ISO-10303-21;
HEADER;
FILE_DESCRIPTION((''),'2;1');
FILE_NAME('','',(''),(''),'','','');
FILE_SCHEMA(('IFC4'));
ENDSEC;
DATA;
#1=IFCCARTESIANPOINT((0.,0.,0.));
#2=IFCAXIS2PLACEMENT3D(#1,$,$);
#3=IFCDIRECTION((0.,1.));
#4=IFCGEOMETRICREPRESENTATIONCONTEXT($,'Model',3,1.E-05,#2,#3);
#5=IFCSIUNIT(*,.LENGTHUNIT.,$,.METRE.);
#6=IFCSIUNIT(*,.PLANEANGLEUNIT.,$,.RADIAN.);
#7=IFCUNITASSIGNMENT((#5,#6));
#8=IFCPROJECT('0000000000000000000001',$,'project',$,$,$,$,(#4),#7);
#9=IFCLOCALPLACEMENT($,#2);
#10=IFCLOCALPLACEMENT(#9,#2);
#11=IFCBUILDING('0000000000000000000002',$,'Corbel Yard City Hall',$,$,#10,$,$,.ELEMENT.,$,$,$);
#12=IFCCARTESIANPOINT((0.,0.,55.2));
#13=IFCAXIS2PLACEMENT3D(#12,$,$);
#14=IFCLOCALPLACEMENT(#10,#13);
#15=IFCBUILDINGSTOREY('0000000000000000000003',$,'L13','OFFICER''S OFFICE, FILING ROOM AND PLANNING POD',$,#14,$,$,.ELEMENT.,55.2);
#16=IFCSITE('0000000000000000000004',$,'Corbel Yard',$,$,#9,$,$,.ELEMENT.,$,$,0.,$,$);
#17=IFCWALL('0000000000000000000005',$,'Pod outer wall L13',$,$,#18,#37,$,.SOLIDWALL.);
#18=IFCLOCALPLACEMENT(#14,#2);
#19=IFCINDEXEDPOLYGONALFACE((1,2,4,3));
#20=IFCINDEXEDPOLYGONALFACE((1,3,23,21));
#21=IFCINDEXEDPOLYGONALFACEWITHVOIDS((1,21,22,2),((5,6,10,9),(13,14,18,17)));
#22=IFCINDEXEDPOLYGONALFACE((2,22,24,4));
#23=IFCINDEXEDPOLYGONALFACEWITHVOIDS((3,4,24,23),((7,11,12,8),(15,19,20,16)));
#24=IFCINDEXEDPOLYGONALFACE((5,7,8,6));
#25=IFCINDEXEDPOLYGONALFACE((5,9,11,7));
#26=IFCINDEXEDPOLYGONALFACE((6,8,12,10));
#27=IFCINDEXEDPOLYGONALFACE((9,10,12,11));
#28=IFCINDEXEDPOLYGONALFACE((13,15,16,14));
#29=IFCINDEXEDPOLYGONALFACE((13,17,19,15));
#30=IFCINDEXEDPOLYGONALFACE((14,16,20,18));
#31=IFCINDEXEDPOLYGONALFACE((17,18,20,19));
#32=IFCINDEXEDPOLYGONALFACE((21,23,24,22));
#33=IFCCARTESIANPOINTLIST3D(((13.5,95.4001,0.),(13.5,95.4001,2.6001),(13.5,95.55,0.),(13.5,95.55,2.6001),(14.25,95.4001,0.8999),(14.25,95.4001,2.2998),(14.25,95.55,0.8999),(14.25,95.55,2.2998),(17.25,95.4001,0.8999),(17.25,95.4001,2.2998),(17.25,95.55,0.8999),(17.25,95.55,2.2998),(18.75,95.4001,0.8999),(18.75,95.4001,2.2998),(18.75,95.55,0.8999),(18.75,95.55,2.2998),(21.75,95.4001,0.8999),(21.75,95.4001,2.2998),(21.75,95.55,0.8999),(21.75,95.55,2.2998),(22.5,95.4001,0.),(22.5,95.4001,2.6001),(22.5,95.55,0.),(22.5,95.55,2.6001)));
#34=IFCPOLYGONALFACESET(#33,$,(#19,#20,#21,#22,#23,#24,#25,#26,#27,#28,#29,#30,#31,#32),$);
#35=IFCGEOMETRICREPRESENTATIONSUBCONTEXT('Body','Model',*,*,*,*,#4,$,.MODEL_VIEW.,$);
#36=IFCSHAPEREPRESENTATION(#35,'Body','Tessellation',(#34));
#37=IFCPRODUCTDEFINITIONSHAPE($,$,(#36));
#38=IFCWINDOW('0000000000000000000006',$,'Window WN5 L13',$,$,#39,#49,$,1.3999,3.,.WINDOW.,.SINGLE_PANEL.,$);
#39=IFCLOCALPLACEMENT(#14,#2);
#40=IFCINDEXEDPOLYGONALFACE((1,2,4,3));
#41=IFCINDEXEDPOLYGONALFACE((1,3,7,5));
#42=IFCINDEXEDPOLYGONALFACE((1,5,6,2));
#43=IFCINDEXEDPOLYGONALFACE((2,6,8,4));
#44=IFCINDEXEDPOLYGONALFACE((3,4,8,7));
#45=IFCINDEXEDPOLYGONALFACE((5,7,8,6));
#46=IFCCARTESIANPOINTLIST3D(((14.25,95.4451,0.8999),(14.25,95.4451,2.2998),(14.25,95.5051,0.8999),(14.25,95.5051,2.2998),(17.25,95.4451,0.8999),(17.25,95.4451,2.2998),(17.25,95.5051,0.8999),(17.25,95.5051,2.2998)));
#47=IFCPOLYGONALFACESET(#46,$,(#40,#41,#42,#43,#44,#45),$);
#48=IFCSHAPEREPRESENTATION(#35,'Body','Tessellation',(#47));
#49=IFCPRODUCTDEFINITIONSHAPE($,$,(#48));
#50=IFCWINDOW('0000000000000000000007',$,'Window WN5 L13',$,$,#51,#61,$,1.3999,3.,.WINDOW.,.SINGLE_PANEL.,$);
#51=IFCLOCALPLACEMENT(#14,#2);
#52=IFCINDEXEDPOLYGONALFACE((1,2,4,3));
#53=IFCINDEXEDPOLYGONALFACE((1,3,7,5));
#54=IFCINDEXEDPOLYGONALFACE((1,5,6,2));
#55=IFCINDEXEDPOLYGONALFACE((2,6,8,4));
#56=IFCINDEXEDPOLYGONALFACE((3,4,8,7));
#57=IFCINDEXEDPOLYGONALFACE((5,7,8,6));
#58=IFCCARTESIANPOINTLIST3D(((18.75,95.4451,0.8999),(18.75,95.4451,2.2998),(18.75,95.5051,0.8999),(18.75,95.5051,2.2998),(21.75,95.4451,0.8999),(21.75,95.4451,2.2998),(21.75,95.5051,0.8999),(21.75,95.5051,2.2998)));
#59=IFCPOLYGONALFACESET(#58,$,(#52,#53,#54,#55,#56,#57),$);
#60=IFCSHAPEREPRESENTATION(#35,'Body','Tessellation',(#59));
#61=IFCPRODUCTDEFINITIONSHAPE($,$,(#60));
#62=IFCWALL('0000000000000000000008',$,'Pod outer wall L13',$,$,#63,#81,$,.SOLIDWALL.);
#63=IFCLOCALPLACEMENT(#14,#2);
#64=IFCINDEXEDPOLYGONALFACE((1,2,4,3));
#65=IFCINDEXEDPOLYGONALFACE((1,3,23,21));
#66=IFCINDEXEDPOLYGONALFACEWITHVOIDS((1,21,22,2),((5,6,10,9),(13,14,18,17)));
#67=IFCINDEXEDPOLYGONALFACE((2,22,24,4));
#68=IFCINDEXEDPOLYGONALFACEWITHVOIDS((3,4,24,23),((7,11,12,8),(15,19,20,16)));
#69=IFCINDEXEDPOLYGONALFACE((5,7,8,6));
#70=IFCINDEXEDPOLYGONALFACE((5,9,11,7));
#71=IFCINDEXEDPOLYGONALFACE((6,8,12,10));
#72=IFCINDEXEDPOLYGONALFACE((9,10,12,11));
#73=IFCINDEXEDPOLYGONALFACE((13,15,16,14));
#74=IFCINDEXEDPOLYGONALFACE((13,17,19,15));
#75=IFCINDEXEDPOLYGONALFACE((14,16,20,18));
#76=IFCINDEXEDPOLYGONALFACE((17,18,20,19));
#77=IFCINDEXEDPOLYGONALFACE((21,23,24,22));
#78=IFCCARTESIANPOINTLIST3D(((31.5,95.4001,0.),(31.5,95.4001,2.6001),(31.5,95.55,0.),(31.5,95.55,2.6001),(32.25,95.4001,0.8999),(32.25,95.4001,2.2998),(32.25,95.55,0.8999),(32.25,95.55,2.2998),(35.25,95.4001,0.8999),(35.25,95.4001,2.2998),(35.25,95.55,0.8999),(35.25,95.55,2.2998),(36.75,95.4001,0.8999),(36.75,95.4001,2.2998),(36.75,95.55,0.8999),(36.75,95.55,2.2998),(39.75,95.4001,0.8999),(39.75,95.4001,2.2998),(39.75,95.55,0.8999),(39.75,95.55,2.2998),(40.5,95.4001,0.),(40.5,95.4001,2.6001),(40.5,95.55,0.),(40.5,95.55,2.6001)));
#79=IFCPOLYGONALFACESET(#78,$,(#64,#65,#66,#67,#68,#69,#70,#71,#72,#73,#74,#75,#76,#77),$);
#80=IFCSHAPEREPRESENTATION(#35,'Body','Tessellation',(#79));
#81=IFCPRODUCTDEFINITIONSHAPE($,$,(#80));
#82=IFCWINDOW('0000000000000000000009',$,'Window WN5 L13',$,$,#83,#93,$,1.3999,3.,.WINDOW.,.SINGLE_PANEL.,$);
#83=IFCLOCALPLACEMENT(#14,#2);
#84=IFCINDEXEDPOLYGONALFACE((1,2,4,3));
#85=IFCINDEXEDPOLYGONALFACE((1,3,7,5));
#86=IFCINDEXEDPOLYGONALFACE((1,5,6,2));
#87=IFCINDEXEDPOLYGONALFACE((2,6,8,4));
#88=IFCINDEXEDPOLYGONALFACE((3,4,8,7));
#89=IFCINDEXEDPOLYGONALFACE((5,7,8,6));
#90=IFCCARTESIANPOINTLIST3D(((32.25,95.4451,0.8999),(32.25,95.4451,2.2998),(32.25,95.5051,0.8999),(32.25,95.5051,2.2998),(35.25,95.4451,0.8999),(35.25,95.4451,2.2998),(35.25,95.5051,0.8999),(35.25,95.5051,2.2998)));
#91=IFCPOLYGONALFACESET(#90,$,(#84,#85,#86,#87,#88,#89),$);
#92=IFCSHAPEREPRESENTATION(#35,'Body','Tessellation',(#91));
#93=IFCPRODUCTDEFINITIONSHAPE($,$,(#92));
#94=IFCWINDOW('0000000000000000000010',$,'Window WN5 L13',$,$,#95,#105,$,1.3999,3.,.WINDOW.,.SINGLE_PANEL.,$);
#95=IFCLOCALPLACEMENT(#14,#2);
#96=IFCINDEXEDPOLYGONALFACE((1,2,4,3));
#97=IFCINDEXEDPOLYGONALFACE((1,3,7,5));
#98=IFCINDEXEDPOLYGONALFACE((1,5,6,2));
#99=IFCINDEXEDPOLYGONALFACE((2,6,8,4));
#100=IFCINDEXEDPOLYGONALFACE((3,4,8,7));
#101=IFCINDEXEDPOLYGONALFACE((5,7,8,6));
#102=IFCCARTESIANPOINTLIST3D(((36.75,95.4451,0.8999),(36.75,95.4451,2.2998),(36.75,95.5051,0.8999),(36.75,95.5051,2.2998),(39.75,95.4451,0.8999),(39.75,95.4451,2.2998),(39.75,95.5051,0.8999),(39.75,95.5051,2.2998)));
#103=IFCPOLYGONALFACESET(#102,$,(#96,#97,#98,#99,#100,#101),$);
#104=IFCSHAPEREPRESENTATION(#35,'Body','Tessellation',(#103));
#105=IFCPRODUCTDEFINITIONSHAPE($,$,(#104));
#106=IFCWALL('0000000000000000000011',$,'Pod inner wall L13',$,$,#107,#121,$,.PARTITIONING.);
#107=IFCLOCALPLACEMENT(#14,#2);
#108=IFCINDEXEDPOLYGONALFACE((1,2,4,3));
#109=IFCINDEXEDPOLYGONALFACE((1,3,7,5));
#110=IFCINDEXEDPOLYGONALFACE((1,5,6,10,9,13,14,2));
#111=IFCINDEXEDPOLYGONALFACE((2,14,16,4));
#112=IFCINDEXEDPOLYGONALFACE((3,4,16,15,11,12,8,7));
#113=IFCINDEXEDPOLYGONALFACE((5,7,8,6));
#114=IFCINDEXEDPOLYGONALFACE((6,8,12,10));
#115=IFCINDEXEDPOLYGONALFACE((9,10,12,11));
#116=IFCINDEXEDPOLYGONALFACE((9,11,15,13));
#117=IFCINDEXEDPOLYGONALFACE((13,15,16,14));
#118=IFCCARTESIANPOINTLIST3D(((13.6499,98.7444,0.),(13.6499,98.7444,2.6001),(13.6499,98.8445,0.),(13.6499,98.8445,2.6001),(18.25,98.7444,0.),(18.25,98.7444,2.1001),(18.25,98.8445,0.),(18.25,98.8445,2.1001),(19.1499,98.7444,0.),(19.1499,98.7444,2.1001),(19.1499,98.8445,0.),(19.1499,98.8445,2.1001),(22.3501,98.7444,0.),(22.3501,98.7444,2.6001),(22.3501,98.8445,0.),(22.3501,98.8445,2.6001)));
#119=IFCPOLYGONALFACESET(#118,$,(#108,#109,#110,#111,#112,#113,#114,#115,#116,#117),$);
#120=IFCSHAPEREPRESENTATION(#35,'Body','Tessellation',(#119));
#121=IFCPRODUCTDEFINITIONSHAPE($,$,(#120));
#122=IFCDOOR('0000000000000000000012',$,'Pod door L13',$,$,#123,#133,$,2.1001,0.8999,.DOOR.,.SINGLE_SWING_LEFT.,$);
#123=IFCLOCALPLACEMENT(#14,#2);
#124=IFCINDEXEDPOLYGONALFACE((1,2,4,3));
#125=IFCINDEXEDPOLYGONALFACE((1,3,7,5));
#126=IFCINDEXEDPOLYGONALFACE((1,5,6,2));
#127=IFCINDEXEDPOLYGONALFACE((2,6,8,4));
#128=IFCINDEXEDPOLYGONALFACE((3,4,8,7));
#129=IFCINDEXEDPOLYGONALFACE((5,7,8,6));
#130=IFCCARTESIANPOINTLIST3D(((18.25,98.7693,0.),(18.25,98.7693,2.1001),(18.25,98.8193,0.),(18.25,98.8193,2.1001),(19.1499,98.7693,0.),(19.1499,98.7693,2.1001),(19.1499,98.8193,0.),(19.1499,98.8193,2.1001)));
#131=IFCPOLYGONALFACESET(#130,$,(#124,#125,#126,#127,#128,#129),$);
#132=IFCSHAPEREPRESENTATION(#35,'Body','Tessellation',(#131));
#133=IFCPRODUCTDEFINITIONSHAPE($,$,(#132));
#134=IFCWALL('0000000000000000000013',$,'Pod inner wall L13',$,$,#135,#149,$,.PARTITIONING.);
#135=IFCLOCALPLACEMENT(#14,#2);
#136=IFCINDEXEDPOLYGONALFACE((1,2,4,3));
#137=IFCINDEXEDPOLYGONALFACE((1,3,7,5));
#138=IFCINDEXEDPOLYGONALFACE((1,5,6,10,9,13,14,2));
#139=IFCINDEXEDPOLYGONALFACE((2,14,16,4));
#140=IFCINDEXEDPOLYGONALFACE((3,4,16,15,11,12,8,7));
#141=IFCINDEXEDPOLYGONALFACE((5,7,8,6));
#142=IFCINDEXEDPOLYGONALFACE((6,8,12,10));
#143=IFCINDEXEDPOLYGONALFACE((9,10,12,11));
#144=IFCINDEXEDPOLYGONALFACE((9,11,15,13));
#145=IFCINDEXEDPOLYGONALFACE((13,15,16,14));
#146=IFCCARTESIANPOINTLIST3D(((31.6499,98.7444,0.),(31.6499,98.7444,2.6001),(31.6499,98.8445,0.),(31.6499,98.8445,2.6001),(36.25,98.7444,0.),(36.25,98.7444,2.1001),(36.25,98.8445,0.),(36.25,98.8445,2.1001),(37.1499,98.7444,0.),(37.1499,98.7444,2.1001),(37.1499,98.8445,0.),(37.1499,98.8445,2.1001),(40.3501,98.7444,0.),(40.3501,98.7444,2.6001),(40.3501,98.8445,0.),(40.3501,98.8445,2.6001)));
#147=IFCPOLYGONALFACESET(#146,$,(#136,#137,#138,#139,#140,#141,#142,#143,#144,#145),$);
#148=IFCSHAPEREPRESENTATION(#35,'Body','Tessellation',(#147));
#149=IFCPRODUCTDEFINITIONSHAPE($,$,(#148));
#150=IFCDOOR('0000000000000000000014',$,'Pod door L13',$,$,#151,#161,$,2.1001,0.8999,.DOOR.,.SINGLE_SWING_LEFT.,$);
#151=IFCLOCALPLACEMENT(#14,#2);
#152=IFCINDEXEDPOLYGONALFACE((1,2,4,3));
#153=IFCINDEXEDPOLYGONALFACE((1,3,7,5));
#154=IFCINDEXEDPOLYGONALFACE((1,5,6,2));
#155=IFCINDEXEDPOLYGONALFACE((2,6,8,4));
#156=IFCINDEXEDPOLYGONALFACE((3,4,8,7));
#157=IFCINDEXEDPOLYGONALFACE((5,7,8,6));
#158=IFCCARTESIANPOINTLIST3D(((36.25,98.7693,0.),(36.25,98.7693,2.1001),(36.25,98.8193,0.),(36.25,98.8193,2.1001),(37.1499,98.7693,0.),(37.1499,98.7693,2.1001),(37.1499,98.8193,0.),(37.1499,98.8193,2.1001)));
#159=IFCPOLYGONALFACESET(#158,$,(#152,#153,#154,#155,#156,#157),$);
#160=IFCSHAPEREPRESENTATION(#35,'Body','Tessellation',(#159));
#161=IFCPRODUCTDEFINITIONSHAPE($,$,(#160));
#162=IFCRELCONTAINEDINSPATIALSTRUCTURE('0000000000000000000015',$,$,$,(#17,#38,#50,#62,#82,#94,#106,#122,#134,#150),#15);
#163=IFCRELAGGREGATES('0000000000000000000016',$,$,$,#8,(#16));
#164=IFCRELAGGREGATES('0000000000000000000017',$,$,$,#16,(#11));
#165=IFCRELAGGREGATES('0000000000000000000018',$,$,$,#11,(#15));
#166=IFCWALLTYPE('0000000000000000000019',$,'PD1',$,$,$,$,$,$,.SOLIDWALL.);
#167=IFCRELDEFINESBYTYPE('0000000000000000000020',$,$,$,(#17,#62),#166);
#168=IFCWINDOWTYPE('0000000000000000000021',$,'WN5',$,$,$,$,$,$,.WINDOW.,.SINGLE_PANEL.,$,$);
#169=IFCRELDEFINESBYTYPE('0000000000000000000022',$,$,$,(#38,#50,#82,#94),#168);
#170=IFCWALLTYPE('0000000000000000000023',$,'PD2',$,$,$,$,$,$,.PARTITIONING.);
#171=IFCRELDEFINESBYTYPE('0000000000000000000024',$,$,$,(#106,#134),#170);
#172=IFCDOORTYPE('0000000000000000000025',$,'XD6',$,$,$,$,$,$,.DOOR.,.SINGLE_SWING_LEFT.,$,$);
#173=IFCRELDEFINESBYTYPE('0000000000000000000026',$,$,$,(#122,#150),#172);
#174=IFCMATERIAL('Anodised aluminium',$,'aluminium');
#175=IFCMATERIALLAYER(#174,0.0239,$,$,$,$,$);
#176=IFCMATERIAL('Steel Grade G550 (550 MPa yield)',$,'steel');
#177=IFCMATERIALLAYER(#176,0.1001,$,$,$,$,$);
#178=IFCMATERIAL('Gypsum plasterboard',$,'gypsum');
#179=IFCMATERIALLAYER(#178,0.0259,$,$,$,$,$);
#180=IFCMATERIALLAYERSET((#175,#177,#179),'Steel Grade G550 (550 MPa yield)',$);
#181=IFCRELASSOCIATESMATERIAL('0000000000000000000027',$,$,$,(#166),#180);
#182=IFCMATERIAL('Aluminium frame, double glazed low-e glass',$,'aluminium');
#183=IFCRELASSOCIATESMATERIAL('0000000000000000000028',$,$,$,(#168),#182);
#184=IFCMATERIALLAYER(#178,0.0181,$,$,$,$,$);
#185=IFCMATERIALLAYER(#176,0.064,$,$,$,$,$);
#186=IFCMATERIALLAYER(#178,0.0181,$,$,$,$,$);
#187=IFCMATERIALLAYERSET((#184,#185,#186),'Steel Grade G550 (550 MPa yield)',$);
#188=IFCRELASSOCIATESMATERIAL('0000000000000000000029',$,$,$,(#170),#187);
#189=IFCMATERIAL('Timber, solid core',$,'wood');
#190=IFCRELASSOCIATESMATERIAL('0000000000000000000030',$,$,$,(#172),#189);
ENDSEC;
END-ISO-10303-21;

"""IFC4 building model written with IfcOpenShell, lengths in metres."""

from ifc_helpers import new_model, si_unit, direction, frame, frame_2d, origin, place, context, subcontext, project, spatial, rectangle, extrude, material, layer, layer_set, type_object, element, fill, save


model = new_model("IFC4")

# Units and contexts
model_context = context("Model", 3, precision=1e-05, world=origin(), true_north=direction((0.0, 1.0)))
body_context = subcontext(model_context, "Body", "Model", "MODEL_VIEW")
ifc_project = project(units=[si_unit("LENGTHUNIT", "METRE"), si_unit("PLANEANGLEUNIT", "RADIAN")], contexts=[model_context])

# Site, building, storey
site_placement = place(None, origin())
site = spatial("IfcSite", under=ifc_project, at=site_placement, Name="Corbel Yard", CompositionType="ELEMENT", RefElevation=0.0)
building_placement = place(site_placement, origin())
building = spatial("IfcBuilding", under=site, at=building_placement, Name="Corbel Yard City Hall", CompositionType="ELEMENT")
storey_placement = place(building_placement, frame((0.0, 0.0, 55.2)))
storey = spatial("IfcBuildingStorey", under=building, at=storey_placement, Name="L13", Description="OFFICER'S OFFICE, FILING ROOM AND PLANNING POD", CompositionType="ELEMENT", Elevation=55.2)

# Walls, openings, windows
ifc_material_1 = material(Name="Anodised aluminium", Category="aluminium")
ifc_layer_1 = layer(ifc_material_1, 0.0239)
ifc_material_2 = material(Name="Steel Grade G550 (550 MPa yield)", Category="steel")
ifc_layer_2 = layer(ifc_material_2, 0.1001)
ifc_material_3 = material(Name="Gypsum plasterboard", Category="gypsum")
ifc_layer_3 = layer(ifc_material_3, 0.0259)
ifc_layer_set_1 = layer_set([ifc_layer_1, ifc_layer_2, ifc_layer_3], Name="Steel Grade G550 (550 MPa yield)")
wall_type_1 = type_object("IfcWallType", Name="PD1", PredefinedType="SOLIDWALL", material=ifc_layer_set_1)
wall_1_placement = place(storey_placement, frame((13.5, 95.4751, 0.0), z_axis=(0.0, 0.0, 1.0), x_axis=(1.0, 0.0, 0.0)))
wall_1 = element("IfcWall", 1, at=wall_1_placement, inside=storey, type_object=wall_type_1, Name="Pod outer wall L13", PredefinedType="SOLIDWALL", context=body_context, shape_type="SweptSolid", body=[
    extrude(rectangle(XDim=9.0, YDim=0.1499, at=frame_2d((4.5, 0.0))), origin(), (0.0, 0.0, 1.0), 2.6001),
])
opening_1_placement = place(wall_1_placement, frame((0.75, 0.0, 0.8999)))
opening_1 = element("IfcOpeningElement", 2, at=opening_1_placement, cuts=wall_1, PredefinedType="OPENING", context=body_context, shape_type="SweptSolid", body=[
    extrude(rectangle(XDim=3.0, YDim=1.3999, at=frame_2d((1.5, 0.7))), frame((0.0, 0.085, 0.0), z_axis=(0.0, -1.0, 0.0), x_axis=(1.0, 0.0, 0.0)), (0.0, 0.0, 1.0), 0.1699),
])
opening_2_placement = place(wall_1_placement, frame((5.25, 0.0, 0.8999)))
opening_2 = element("IfcOpeningElement", 3, at=opening_2_placement, cuts=wall_1, PredefinedType="OPENING", context=body_context, shape_type="SweptSolid", body=[
    extrude(rectangle(XDim=3.0, YDim=1.3999, at=frame_2d((1.5, 0.7))), frame((0.0, 0.085, 0.0), z_axis=(0.0, -1.0, 0.0), x_axis=(1.0, 0.0, 0.0)), (0.0, 0.0, 1.0), 0.1699),
])
ifc_material_4 = material(Name="Aluminium frame, double glazed low-e glass", Category="aluminium")
window_type_1 = type_object("IfcWindowType", Name="WN5", PartitioningType="SINGLE_PANEL", PredefinedType="WINDOW", material=ifc_material_4)
window_1_placement = place(opening_1_placement, origin())
window_1 = element("IfcWindow", 4, at=window_1_placement, inside=storey, type_object=window_type_1, Name="Window WN5 L13", OverallHeight=1.3999, OverallWidth=3.0, PartitioningType="SINGLE_PANEL", PredefinedType="WINDOW", context=body_context, shape_type="SweptSolid", body=[
    extrude(rectangle(XDim=3.0, YDim=1.3999, at=frame_2d((1.5, 0.7))), frame((0.0, 0.03, 0.0), z_axis=(0.0, -1.0, 0.0), x_axis=(1.0, 0.0, 0.0)), (0.0, 0.0, 1.0), 0.0601),
])
fill(opening_1, window_1)
window_2_placement = place(opening_2_placement, origin())
window_2 = element("IfcWindow", 5, at=window_2_placement, inside=storey, type_object=window_type_1, Name="Window WN5 L13", OverallHeight=1.3999, OverallWidth=3.0, PartitioningType="SINGLE_PANEL", PredefinedType="WINDOW", context=body_context, shape_type="SweptSolid", body=[
    extrude(rectangle(XDim=3.0, YDim=1.3999, at=frame_2d((1.5, 0.7))), frame((0.0, 0.03, 0.0), z_axis=(0.0, -1.0, 0.0), x_axis=(1.0, 0.0, 0.0)), (0.0, 0.0, 1.0), 0.0601),
])
fill(opening_2, window_2)
wall_2_placement = place(storey_placement, frame((31.5, 95.4751, 0.0), z_axis=(0.0, 0.0, 1.0), x_axis=(1.0, 0.0, 0.0)))
wall_2 = element("IfcWall", 6, at=wall_2_placement, inside=storey, type_object=wall_type_1, Name="Pod outer wall L13", PredefinedType="SOLIDWALL", context=body_context, shape_type="SweptSolid", body=[
    extrude(rectangle(XDim=9.0, YDim=0.1499, at=frame_2d((4.5, 0.0))), origin(), (0.0, 0.0, 1.0), 2.6001),
])
opening_3_placement = place(wall_2_placement, frame((0.75, 0.0, 0.8999)))
opening_3 = element("IfcOpeningElement", 7, at=opening_3_placement, cuts=wall_2, PredefinedType="OPENING", context=body_context, shape_type="SweptSolid", body=[
    extrude(rectangle(XDim=3.0, YDim=1.3999, at=frame_2d((1.5, 0.7))), frame((0.0, 0.085, 0.0), z_axis=(0.0, -1.0, 0.0), x_axis=(1.0, 0.0, 0.0)), (0.0, 0.0, 1.0), 0.1699),
])
opening_4_placement = place(wall_2_placement, frame((5.25, 0.0, 0.8999)))
opening_4 = element("IfcOpeningElement", 8, at=opening_4_placement, cuts=wall_2, PredefinedType="OPENING", context=body_context, shape_type="SweptSolid", body=[
    extrude(rectangle(XDim=3.0, YDim=1.3999, at=frame_2d((1.5, 0.7))), frame((0.0, 0.085, 0.0), z_axis=(0.0, -1.0, 0.0), x_axis=(1.0, 0.0, 0.0)), (0.0, 0.0, 1.0), 0.1699),
])
window_3_placement = place(opening_3_placement, origin())
window_3 = element("IfcWindow", 9, at=window_3_placement, inside=storey, type_object=window_type_1, Name="Window WN5 L13", OverallHeight=1.3999, OverallWidth=3.0, PartitioningType="SINGLE_PANEL", PredefinedType="WINDOW", context=body_context, shape_type="SweptSolid", body=[
    extrude(rectangle(XDim=3.0, YDim=1.3999, at=frame_2d((1.5, 0.7))), frame((0.0, 0.03, 0.0), z_axis=(0.0, -1.0, 0.0), x_axis=(1.0, 0.0, 0.0)), (0.0, 0.0, 1.0), 0.0601),
])
fill(opening_3, window_3)
window_4_placement = place(opening_4_placement, origin())
window_4 = element("IfcWindow", 10, at=window_4_placement, inside=storey, type_object=window_type_1, Name="Window WN5 L13", OverallHeight=1.3999, OverallWidth=3.0, PartitioningType="SINGLE_PANEL", PredefinedType="WINDOW", context=body_context, shape_type="SweptSolid", body=[
    extrude(rectangle(XDim=3.0, YDim=1.3999, at=frame_2d((1.5, 0.7))), frame((0.0, 0.03, 0.0), z_axis=(0.0, -1.0, 0.0), x_axis=(1.0, 0.0, 0.0)), (0.0, 0.0, 1.0), 0.0601),
])
fill(opening_4, window_4)

# Walls, openings, doors
ifc_layer_4 = layer(ifc_material_3, 0.0181)
ifc_layer_5 = layer(ifc_material_2, 0.064)
ifc_layer_6 = layer(ifc_material_3, 0.0181)
ifc_layer_set_2 = layer_set([ifc_layer_4, ifc_layer_5, ifc_layer_6], Name="Steel Grade G550 (550 MPa yield)")
wall_type_2 = type_object("IfcWallType", Name="PD2", PredefinedType="PARTITIONING", material=ifc_layer_set_2)
wall_3_placement = place(storey_placement, frame((13.6499, 98.7944, 0.0), z_axis=(0.0, 0.0, 1.0), x_axis=(1.0, 0.0, 0.0)))
wall_3 = element("IfcWall", 11, at=wall_3_placement, inside=storey, type_object=wall_type_2, Name="Pod inner wall L13", PredefinedType="PARTITIONING", context=body_context, shape_type="SweptSolid", body=[
    extrude(rectangle(XDim=8.7002, YDim=0.1001, at=frame_2d((4.3501, 0.0))), origin(), (0.0, 0.0, 1.0), 2.6001),
])
opening_5_placement = place(wall_3_placement, frame((4.6001, 0.0, 0.0)))
opening_5 = element("IfcOpeningElement", 12, at=opening_5_placement, cuts=wall_3, PredefinedType="OPENING", context=body_context, shape_type="SweptSolid", body=[
    extrude(rectangle(XDim=0.8999, YDim=2.1001, at=frame_2d((0.45, 1.05))), frame((0.0, 0.0601, 0.0), z_axis=(0.0, -1.0, 0.0), x_axis=(1.0, 0.0, 0.0)), (0.0, 0.0, 1.0), 0.1201),
])
ifc_material_5 = material(Name="Timber, solid core", Category="wood")
door_type = type_object("IfcDoorType", Name="XD6", OperationType="SINGLE_SWING_LEFT", PredefinedType="DOOR", material=ifc_material_5)
door_1_placement = place(opening_5_placement, origin())
door_1 = element("IfcDoor", 13, at=door_1_placement, inside=storey, type_object=door_type, Name="Pod door L13", OperationType="SINGLE_SWING_LEFT", OverallHeight=2.1001, OverallWidth=0.8999, PredefinedType="DOOR", context=body_context, shape_type="SweptSolid", body=[
    extrude(rectangle(XDim=0.8999, YDim=2.1001, at=frame_2d((0.45, 1.05))), frame((0.0, 0.0249, 0.0), z_axis=(0.0, -1.0, 0.0), x_axis=(1.0, 0.0, 0.0)), (0.0, 0.0, 1.0), 0.05),
])
fill(opening_5, door_1)
wall_4_placement = place(storey_placement, frame((31.6499, 98.7944, 0.0), z_axis=(0.0, 0.0, 1.0), x_axis=(1.0, 0.0, 0.0)))
wall_4 = element("IfcWall", 14, at=wall_4_placement, inside=storey, type_object=wall_type_2, Name="Pod inner wall L13", PredefinedType="PARTITIONING", context=body_context, shape_type="SweptSolid", body=[
    extrude(rectangle(XDim=8.7002, YDim=0.1001, at=frame_2d((4.3501, 0.0))), origin(), (0.0, 0.0, 1.0), 2.6001),
])
opening_6_placement = place(wall_4_placement, frame((4.6001, 0.0, 0.0)))
opening_6 = element("IfcOpeningElement", 15, at=opening_6_placement, cuts=wall_4, PredefinedType="OPENING", context=body_context, shape_type="SweptSolid", body=[
    extrude(rectangle(XDim=0.8999, YDim=2.1001, at=frame_2d((0.45, 1.05))), frame((0.0, 0.0601, 0.0), z_axis=(0.0, -1.0, 0.0), x_axis=(1.0, 0.0, 0.0)), (0.0, 0.0, 1.0), 0.1201),
])
door_2_placement = place(opening_6_placement, origin())
door_2 = element("IfcDoor", 16, at=door_2_placement, inside=storey, type_object=door_type, Name="Pod door L13", OperationType="SINGLE_SWING_LEFT", OverallHeight=2.1001, OverallWidth=0.8999, PredefinedType="DOOR", context=body_context, shape_type="SweptSolid", body=[
    extrude(rectangle(XDim=0.8999, YDim=2.1001, at=frame_2d((0.45, 1.05))), frame((0.0, 0.0249, 0.0), z_axis=(0.0, -1.0, 0.0), x_axis=(1.0, 0.0, 0.0)), (0.0, 0.0, 1.0), 0.05),
])
fill(opening_6, door_2)

save(model, "model.ifc")
